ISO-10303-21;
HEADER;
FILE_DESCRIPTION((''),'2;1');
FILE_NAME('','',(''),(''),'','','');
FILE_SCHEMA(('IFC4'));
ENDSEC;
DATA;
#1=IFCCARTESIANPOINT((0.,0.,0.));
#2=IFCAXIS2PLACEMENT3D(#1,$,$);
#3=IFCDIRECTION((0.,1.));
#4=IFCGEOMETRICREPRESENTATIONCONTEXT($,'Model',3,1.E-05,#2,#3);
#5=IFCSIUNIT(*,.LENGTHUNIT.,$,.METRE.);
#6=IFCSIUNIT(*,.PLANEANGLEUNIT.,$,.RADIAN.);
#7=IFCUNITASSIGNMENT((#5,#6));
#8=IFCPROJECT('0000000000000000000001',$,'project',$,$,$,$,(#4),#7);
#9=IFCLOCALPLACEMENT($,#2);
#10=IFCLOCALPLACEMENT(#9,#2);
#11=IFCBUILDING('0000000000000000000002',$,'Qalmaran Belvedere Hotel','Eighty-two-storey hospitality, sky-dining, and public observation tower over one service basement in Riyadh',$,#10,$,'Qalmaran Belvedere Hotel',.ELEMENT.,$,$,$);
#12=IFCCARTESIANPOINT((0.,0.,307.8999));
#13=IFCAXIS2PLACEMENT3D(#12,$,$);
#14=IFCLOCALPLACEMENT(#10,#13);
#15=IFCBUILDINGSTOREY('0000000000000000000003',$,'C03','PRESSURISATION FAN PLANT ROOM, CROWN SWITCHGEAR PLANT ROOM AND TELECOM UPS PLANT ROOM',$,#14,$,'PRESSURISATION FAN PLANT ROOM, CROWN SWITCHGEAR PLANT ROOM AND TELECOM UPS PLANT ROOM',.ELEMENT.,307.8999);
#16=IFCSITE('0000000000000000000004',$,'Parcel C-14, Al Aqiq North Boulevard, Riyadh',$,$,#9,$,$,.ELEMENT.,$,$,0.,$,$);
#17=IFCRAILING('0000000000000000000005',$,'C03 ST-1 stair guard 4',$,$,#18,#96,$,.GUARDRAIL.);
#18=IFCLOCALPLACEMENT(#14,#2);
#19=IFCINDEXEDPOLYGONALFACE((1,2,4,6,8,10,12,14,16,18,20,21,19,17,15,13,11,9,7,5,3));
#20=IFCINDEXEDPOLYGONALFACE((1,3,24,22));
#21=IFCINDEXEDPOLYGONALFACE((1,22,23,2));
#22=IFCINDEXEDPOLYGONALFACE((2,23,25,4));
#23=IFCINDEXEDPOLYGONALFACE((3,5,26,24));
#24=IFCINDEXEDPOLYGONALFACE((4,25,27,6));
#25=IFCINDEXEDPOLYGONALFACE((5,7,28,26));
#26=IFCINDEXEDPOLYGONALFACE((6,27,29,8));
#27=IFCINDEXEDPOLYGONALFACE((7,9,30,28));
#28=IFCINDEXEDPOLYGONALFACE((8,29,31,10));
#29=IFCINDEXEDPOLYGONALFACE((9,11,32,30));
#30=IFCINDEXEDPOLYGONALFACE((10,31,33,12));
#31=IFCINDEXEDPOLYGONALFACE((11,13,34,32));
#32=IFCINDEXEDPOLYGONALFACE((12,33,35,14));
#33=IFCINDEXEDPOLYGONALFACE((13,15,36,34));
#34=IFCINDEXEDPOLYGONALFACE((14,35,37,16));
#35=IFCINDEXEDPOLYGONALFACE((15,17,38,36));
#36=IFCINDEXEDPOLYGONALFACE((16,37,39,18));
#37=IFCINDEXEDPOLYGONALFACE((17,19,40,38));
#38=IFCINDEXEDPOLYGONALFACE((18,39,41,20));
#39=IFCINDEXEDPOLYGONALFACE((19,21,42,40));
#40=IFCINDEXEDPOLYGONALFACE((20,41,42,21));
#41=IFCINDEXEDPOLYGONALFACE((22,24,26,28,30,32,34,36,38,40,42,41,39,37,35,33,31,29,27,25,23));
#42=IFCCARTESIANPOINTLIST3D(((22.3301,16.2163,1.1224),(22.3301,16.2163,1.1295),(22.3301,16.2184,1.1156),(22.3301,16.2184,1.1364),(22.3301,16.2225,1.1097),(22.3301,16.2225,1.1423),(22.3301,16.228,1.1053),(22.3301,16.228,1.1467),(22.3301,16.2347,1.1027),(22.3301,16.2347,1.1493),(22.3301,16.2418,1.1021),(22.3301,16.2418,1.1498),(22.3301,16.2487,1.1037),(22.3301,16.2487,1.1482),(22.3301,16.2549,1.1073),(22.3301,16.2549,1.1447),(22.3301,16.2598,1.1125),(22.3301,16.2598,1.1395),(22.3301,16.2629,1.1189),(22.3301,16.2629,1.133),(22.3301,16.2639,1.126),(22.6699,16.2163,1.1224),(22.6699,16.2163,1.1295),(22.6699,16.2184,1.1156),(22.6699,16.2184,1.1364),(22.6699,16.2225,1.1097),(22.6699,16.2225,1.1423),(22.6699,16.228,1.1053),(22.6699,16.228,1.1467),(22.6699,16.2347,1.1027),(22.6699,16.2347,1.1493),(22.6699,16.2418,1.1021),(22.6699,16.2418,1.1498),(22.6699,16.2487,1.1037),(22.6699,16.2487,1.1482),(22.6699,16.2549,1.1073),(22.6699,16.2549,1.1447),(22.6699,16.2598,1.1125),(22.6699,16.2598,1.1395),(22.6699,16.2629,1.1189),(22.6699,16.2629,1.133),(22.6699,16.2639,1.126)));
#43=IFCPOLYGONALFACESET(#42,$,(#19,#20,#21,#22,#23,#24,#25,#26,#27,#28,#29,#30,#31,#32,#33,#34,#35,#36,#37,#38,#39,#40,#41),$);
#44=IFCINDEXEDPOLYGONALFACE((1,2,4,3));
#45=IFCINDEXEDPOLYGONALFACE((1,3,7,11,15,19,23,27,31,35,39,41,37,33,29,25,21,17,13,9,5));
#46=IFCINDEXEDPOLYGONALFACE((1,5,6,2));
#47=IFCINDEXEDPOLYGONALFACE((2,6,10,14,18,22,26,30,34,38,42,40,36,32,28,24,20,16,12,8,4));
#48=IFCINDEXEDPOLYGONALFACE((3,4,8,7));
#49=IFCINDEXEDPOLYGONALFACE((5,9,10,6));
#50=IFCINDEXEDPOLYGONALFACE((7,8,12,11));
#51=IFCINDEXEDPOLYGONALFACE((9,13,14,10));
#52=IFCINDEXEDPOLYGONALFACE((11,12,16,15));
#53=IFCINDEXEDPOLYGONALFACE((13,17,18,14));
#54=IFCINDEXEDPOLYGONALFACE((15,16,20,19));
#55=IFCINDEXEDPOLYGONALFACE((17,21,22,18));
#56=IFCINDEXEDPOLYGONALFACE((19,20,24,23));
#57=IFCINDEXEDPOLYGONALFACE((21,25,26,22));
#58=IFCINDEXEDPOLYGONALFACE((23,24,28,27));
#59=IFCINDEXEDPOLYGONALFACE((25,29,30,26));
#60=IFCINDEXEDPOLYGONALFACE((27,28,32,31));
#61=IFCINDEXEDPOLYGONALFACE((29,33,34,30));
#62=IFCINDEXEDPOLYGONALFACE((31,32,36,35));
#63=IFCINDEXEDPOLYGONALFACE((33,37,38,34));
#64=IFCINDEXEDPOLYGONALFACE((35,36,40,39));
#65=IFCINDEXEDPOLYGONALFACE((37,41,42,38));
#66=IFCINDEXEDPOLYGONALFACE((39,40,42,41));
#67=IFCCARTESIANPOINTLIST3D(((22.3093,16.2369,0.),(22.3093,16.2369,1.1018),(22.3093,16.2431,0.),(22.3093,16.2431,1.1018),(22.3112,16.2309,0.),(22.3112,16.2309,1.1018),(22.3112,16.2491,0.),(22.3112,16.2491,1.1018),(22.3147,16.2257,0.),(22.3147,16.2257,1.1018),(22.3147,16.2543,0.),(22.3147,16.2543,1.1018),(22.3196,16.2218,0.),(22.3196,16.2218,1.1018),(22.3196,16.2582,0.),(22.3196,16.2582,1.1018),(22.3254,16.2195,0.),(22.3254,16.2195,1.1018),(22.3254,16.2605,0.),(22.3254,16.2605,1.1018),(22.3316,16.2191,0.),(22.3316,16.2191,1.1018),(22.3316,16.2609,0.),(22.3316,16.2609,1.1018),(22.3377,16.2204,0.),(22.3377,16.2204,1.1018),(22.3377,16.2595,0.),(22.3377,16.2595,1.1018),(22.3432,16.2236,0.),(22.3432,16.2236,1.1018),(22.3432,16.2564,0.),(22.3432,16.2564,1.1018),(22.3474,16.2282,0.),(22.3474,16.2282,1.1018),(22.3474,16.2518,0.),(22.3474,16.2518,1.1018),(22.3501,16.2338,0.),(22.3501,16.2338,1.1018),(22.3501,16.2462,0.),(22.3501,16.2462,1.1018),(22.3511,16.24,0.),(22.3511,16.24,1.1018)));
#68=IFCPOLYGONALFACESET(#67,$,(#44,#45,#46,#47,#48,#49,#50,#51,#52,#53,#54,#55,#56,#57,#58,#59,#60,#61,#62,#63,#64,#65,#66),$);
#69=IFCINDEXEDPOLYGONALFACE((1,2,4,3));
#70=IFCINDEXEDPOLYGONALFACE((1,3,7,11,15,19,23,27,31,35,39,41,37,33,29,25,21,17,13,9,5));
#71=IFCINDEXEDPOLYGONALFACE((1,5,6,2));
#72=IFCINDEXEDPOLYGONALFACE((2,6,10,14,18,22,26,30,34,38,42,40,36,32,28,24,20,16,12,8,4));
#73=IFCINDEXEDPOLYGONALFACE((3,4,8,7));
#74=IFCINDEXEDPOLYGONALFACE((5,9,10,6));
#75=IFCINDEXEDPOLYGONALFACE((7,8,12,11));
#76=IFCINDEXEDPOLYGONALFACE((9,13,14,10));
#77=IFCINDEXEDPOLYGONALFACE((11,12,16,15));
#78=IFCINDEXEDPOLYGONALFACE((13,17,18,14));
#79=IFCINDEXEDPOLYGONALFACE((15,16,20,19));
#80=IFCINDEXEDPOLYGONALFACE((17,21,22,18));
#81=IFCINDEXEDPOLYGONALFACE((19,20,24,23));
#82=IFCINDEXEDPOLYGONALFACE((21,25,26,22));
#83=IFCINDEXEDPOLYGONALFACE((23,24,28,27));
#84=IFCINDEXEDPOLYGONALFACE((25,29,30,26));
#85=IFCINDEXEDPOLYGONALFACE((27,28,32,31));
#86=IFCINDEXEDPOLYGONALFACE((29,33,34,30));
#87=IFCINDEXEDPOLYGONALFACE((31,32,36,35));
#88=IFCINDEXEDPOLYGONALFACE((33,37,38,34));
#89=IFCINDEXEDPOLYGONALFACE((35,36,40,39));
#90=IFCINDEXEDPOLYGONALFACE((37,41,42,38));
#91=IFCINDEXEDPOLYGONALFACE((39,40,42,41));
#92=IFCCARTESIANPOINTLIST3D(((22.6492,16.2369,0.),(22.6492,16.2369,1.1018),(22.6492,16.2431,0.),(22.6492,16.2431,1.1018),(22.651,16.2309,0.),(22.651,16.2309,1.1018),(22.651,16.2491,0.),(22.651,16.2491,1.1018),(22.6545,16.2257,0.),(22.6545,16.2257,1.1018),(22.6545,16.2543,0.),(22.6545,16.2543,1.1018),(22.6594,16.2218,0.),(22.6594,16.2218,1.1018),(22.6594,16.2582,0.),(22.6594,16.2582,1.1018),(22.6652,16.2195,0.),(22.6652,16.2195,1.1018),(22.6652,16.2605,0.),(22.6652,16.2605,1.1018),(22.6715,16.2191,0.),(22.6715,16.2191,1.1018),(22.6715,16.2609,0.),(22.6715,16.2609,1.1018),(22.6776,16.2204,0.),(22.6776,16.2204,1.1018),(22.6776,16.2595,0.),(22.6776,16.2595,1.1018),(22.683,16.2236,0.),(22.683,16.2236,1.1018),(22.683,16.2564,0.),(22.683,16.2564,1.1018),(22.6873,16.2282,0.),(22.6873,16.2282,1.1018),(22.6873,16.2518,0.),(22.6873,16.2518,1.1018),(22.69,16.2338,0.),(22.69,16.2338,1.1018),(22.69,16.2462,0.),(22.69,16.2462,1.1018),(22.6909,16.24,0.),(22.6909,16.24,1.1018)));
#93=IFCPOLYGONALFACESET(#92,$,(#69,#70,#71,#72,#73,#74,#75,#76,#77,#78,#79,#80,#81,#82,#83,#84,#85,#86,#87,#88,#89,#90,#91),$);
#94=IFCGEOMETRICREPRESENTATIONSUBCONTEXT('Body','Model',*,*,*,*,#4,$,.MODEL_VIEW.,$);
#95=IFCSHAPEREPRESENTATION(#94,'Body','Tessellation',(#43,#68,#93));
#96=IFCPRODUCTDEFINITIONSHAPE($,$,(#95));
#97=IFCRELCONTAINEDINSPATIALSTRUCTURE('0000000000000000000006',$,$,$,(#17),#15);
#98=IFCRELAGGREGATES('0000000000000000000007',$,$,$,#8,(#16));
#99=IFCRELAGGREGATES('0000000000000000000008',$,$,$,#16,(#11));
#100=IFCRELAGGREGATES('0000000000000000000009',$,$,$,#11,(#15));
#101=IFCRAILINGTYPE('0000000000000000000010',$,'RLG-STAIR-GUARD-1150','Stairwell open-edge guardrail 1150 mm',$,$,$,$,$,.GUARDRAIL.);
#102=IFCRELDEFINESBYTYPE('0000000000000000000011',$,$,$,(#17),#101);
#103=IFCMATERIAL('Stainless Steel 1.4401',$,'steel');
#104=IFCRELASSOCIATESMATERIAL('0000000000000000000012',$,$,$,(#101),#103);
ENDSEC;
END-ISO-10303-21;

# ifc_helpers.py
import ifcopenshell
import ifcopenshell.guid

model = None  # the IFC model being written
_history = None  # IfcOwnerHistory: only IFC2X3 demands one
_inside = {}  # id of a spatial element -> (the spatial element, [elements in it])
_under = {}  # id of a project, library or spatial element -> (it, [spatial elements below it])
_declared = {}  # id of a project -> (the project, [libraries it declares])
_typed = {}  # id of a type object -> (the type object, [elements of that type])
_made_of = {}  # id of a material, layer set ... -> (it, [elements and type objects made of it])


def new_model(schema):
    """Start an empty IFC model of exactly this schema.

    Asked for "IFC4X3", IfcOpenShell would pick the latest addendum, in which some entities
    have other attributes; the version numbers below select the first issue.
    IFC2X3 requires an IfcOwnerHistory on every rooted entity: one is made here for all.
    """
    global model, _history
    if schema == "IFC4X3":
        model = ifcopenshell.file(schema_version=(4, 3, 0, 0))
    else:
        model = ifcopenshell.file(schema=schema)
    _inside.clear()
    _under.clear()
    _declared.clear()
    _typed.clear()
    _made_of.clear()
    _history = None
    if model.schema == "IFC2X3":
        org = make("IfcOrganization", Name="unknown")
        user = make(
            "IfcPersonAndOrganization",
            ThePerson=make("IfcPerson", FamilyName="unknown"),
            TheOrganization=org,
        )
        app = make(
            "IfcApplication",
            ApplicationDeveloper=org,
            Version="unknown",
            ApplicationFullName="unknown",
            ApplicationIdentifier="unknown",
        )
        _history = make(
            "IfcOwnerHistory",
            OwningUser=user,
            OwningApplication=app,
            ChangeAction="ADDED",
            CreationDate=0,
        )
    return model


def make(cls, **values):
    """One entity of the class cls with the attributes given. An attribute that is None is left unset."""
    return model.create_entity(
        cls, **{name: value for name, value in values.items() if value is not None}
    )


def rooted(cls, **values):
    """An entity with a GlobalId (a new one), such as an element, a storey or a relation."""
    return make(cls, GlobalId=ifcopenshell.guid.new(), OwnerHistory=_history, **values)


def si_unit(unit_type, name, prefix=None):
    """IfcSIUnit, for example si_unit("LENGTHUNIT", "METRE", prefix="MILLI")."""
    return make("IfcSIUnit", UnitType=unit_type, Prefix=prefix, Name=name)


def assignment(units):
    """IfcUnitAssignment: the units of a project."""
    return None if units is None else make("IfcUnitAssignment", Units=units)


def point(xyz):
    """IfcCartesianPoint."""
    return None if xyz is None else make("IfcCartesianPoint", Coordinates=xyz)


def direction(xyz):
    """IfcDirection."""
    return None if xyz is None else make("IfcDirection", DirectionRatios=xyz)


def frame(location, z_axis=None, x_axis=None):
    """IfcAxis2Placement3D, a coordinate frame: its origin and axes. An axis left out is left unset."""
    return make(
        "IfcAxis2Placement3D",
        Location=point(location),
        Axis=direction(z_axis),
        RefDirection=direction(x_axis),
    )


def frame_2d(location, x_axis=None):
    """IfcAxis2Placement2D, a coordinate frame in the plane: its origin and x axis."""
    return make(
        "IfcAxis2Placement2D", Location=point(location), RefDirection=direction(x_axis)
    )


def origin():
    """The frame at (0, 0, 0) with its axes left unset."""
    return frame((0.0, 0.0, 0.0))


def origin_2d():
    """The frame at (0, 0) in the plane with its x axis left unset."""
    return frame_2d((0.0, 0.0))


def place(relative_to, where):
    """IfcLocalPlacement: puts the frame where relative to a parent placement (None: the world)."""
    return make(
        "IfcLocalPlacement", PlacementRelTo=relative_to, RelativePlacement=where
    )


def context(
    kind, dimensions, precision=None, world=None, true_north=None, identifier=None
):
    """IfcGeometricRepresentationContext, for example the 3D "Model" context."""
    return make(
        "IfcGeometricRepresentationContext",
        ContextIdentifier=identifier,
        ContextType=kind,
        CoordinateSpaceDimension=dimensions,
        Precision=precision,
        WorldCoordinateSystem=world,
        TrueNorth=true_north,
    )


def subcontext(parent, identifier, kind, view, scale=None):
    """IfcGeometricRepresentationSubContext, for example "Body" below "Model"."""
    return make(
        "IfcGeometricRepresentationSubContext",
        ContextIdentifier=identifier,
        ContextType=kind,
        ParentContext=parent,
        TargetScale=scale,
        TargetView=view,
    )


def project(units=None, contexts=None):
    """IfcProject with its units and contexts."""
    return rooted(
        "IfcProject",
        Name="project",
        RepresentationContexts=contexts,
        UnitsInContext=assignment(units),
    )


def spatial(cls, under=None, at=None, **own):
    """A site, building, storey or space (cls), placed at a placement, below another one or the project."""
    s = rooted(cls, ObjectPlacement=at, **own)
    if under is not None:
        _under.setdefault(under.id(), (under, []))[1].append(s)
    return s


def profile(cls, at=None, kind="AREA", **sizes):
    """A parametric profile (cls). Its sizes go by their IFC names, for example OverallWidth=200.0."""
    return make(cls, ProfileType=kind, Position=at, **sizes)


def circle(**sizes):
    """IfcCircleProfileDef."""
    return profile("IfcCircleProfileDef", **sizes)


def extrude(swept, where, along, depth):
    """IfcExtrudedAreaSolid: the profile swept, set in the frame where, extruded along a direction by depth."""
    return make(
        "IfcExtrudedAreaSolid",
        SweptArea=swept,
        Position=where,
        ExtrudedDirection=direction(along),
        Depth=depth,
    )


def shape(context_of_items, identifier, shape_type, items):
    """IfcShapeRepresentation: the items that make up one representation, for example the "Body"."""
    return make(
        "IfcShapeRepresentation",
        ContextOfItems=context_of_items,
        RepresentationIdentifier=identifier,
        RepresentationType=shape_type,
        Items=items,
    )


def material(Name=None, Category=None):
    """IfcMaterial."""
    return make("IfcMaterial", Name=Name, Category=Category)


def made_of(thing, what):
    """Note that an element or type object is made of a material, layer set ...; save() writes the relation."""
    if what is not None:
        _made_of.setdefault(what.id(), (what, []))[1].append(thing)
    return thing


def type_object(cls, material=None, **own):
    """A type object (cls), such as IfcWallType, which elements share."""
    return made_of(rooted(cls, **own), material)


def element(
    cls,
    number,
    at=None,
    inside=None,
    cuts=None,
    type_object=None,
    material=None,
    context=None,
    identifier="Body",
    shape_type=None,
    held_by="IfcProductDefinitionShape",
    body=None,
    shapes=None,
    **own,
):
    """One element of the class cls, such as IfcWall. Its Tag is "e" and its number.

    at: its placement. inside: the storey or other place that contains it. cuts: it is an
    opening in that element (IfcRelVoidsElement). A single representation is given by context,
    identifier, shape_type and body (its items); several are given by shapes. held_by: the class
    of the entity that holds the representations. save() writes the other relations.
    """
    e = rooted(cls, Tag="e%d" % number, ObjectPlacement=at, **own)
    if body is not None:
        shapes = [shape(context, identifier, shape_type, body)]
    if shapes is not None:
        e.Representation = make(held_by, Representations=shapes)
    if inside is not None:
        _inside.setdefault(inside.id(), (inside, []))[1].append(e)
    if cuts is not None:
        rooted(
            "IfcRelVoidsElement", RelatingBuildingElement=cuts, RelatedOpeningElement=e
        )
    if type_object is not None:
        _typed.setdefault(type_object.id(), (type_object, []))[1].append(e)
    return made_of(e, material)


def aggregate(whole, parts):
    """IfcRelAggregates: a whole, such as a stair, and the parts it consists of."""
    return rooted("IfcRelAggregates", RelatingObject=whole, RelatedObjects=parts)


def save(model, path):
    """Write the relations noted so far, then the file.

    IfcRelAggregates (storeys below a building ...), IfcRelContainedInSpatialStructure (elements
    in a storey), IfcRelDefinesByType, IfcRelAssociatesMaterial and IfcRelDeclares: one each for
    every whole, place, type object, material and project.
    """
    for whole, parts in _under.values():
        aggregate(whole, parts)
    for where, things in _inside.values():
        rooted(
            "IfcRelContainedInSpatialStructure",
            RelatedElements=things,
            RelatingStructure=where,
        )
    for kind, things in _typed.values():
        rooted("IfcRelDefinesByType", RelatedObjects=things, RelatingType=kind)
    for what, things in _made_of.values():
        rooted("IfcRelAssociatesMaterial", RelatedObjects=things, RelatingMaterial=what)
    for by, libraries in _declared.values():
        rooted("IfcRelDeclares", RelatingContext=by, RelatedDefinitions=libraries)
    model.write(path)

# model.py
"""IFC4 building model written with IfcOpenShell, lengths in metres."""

from ifc_helpers import new_model, si_unit, direction, frame, origin, origin_2d, place, context, subcontext, project, spatial, circle, extrude, material, type_object, element, save


model = new_model("IFC4")

# Units and contexts
model_context = context("Model", 3, precision=1e-05, world=origin(), true_north=direction((0.0, 1.0)))
body_context = subcontext(model_context, "Body", "Model", "MODEL_VIEW")
ifc_project = project(units=[si_unit("LENGTHUNIT", "METRE"), si_unit("PLANEANGLEUNIT", "RADIAN")], contexts=[model_context])

# Site, building, storey
site_placement = place(None, origin())
site = spatial("IfcSite", under=ifc_project, at=site_placement, Name="Parcel C-14, Al Aqiq North Boulevard, Riyadh", CompositionType="ELEMENT", RefElevation=0.0)
building_placement = place(site_placement, origin())
building = spatial("IfcBuilding", under=site, at=building_placement, Name="Qalmaran Belvedere Hotel", Description="Eighty-two-storey hospitality, sky-dining, and public observation tower over one service basement in Riyadh", LongName="Qalmaran Belvedere Hotel", CompositionType="ELEMENT")
storey_placement = place(building_placement, frame((0.0, 0.0, 307.8999)))
storey = spatial("IfcBuildingStorey", under=building, at=storey_placement, Name="C03", Description="PRESSURISATION FAN PLANT ROOM, CROWN SWITCHGEAR PLANT ROOM AND TELECOM UPS PLANT ROOM", LongName="PRESSURISATION FAN PLANT ROOM, CROWN SWITCHGEAR PLANT ROOM AND TELECOM UPS PLANT ROOM", CompositionType="ELEMENT", Elevation=307.8999)

# Railing
ifc_material_1 = material(Name="Stainless Steel 1.4401", Category="steel")
railing_type_1 = type_object("IfcRailingType", Name="RLG-STAIR-GUARD-1150", Description="Stairwell open-edge guardrail 1150 mm", PredefinedType="GUARDRAIL", material=ifc_material_1)
railing_1_placement = place(storey_placement, frame((22.3301, 16.24, 0.0)))
element("IfcRailing", 1, at=railing_1_placement, inside=storey, type_object=railing_type_1, Name="C03 ST-1 stair guard 4", PredefinedType="GUARDRAIL", context=body_context, shape_type="SweptSolid", body=[
    extrude(circle(Radius=0.0239, at=origin_2d()), frame((0.0, 0.0, 1.126), z_axis=(1.0, 0.0, 0.0), x_axis=(0.0, 1.0, 0.0)), (0.0, 0.0, 1.0), 0.3398),
    extrude(circle(Radius=0.021, at=origin_2d()), origin(), (0.0, 0.0, 1.0), 1.1018),
    extrude(circle(Radius=0.021, at=origin_2d()), frame((0.3398, 0.0, 0.0)), (0.0, 0.0, 1.0), 1.1018),
])

save(model, "model.ifc")
